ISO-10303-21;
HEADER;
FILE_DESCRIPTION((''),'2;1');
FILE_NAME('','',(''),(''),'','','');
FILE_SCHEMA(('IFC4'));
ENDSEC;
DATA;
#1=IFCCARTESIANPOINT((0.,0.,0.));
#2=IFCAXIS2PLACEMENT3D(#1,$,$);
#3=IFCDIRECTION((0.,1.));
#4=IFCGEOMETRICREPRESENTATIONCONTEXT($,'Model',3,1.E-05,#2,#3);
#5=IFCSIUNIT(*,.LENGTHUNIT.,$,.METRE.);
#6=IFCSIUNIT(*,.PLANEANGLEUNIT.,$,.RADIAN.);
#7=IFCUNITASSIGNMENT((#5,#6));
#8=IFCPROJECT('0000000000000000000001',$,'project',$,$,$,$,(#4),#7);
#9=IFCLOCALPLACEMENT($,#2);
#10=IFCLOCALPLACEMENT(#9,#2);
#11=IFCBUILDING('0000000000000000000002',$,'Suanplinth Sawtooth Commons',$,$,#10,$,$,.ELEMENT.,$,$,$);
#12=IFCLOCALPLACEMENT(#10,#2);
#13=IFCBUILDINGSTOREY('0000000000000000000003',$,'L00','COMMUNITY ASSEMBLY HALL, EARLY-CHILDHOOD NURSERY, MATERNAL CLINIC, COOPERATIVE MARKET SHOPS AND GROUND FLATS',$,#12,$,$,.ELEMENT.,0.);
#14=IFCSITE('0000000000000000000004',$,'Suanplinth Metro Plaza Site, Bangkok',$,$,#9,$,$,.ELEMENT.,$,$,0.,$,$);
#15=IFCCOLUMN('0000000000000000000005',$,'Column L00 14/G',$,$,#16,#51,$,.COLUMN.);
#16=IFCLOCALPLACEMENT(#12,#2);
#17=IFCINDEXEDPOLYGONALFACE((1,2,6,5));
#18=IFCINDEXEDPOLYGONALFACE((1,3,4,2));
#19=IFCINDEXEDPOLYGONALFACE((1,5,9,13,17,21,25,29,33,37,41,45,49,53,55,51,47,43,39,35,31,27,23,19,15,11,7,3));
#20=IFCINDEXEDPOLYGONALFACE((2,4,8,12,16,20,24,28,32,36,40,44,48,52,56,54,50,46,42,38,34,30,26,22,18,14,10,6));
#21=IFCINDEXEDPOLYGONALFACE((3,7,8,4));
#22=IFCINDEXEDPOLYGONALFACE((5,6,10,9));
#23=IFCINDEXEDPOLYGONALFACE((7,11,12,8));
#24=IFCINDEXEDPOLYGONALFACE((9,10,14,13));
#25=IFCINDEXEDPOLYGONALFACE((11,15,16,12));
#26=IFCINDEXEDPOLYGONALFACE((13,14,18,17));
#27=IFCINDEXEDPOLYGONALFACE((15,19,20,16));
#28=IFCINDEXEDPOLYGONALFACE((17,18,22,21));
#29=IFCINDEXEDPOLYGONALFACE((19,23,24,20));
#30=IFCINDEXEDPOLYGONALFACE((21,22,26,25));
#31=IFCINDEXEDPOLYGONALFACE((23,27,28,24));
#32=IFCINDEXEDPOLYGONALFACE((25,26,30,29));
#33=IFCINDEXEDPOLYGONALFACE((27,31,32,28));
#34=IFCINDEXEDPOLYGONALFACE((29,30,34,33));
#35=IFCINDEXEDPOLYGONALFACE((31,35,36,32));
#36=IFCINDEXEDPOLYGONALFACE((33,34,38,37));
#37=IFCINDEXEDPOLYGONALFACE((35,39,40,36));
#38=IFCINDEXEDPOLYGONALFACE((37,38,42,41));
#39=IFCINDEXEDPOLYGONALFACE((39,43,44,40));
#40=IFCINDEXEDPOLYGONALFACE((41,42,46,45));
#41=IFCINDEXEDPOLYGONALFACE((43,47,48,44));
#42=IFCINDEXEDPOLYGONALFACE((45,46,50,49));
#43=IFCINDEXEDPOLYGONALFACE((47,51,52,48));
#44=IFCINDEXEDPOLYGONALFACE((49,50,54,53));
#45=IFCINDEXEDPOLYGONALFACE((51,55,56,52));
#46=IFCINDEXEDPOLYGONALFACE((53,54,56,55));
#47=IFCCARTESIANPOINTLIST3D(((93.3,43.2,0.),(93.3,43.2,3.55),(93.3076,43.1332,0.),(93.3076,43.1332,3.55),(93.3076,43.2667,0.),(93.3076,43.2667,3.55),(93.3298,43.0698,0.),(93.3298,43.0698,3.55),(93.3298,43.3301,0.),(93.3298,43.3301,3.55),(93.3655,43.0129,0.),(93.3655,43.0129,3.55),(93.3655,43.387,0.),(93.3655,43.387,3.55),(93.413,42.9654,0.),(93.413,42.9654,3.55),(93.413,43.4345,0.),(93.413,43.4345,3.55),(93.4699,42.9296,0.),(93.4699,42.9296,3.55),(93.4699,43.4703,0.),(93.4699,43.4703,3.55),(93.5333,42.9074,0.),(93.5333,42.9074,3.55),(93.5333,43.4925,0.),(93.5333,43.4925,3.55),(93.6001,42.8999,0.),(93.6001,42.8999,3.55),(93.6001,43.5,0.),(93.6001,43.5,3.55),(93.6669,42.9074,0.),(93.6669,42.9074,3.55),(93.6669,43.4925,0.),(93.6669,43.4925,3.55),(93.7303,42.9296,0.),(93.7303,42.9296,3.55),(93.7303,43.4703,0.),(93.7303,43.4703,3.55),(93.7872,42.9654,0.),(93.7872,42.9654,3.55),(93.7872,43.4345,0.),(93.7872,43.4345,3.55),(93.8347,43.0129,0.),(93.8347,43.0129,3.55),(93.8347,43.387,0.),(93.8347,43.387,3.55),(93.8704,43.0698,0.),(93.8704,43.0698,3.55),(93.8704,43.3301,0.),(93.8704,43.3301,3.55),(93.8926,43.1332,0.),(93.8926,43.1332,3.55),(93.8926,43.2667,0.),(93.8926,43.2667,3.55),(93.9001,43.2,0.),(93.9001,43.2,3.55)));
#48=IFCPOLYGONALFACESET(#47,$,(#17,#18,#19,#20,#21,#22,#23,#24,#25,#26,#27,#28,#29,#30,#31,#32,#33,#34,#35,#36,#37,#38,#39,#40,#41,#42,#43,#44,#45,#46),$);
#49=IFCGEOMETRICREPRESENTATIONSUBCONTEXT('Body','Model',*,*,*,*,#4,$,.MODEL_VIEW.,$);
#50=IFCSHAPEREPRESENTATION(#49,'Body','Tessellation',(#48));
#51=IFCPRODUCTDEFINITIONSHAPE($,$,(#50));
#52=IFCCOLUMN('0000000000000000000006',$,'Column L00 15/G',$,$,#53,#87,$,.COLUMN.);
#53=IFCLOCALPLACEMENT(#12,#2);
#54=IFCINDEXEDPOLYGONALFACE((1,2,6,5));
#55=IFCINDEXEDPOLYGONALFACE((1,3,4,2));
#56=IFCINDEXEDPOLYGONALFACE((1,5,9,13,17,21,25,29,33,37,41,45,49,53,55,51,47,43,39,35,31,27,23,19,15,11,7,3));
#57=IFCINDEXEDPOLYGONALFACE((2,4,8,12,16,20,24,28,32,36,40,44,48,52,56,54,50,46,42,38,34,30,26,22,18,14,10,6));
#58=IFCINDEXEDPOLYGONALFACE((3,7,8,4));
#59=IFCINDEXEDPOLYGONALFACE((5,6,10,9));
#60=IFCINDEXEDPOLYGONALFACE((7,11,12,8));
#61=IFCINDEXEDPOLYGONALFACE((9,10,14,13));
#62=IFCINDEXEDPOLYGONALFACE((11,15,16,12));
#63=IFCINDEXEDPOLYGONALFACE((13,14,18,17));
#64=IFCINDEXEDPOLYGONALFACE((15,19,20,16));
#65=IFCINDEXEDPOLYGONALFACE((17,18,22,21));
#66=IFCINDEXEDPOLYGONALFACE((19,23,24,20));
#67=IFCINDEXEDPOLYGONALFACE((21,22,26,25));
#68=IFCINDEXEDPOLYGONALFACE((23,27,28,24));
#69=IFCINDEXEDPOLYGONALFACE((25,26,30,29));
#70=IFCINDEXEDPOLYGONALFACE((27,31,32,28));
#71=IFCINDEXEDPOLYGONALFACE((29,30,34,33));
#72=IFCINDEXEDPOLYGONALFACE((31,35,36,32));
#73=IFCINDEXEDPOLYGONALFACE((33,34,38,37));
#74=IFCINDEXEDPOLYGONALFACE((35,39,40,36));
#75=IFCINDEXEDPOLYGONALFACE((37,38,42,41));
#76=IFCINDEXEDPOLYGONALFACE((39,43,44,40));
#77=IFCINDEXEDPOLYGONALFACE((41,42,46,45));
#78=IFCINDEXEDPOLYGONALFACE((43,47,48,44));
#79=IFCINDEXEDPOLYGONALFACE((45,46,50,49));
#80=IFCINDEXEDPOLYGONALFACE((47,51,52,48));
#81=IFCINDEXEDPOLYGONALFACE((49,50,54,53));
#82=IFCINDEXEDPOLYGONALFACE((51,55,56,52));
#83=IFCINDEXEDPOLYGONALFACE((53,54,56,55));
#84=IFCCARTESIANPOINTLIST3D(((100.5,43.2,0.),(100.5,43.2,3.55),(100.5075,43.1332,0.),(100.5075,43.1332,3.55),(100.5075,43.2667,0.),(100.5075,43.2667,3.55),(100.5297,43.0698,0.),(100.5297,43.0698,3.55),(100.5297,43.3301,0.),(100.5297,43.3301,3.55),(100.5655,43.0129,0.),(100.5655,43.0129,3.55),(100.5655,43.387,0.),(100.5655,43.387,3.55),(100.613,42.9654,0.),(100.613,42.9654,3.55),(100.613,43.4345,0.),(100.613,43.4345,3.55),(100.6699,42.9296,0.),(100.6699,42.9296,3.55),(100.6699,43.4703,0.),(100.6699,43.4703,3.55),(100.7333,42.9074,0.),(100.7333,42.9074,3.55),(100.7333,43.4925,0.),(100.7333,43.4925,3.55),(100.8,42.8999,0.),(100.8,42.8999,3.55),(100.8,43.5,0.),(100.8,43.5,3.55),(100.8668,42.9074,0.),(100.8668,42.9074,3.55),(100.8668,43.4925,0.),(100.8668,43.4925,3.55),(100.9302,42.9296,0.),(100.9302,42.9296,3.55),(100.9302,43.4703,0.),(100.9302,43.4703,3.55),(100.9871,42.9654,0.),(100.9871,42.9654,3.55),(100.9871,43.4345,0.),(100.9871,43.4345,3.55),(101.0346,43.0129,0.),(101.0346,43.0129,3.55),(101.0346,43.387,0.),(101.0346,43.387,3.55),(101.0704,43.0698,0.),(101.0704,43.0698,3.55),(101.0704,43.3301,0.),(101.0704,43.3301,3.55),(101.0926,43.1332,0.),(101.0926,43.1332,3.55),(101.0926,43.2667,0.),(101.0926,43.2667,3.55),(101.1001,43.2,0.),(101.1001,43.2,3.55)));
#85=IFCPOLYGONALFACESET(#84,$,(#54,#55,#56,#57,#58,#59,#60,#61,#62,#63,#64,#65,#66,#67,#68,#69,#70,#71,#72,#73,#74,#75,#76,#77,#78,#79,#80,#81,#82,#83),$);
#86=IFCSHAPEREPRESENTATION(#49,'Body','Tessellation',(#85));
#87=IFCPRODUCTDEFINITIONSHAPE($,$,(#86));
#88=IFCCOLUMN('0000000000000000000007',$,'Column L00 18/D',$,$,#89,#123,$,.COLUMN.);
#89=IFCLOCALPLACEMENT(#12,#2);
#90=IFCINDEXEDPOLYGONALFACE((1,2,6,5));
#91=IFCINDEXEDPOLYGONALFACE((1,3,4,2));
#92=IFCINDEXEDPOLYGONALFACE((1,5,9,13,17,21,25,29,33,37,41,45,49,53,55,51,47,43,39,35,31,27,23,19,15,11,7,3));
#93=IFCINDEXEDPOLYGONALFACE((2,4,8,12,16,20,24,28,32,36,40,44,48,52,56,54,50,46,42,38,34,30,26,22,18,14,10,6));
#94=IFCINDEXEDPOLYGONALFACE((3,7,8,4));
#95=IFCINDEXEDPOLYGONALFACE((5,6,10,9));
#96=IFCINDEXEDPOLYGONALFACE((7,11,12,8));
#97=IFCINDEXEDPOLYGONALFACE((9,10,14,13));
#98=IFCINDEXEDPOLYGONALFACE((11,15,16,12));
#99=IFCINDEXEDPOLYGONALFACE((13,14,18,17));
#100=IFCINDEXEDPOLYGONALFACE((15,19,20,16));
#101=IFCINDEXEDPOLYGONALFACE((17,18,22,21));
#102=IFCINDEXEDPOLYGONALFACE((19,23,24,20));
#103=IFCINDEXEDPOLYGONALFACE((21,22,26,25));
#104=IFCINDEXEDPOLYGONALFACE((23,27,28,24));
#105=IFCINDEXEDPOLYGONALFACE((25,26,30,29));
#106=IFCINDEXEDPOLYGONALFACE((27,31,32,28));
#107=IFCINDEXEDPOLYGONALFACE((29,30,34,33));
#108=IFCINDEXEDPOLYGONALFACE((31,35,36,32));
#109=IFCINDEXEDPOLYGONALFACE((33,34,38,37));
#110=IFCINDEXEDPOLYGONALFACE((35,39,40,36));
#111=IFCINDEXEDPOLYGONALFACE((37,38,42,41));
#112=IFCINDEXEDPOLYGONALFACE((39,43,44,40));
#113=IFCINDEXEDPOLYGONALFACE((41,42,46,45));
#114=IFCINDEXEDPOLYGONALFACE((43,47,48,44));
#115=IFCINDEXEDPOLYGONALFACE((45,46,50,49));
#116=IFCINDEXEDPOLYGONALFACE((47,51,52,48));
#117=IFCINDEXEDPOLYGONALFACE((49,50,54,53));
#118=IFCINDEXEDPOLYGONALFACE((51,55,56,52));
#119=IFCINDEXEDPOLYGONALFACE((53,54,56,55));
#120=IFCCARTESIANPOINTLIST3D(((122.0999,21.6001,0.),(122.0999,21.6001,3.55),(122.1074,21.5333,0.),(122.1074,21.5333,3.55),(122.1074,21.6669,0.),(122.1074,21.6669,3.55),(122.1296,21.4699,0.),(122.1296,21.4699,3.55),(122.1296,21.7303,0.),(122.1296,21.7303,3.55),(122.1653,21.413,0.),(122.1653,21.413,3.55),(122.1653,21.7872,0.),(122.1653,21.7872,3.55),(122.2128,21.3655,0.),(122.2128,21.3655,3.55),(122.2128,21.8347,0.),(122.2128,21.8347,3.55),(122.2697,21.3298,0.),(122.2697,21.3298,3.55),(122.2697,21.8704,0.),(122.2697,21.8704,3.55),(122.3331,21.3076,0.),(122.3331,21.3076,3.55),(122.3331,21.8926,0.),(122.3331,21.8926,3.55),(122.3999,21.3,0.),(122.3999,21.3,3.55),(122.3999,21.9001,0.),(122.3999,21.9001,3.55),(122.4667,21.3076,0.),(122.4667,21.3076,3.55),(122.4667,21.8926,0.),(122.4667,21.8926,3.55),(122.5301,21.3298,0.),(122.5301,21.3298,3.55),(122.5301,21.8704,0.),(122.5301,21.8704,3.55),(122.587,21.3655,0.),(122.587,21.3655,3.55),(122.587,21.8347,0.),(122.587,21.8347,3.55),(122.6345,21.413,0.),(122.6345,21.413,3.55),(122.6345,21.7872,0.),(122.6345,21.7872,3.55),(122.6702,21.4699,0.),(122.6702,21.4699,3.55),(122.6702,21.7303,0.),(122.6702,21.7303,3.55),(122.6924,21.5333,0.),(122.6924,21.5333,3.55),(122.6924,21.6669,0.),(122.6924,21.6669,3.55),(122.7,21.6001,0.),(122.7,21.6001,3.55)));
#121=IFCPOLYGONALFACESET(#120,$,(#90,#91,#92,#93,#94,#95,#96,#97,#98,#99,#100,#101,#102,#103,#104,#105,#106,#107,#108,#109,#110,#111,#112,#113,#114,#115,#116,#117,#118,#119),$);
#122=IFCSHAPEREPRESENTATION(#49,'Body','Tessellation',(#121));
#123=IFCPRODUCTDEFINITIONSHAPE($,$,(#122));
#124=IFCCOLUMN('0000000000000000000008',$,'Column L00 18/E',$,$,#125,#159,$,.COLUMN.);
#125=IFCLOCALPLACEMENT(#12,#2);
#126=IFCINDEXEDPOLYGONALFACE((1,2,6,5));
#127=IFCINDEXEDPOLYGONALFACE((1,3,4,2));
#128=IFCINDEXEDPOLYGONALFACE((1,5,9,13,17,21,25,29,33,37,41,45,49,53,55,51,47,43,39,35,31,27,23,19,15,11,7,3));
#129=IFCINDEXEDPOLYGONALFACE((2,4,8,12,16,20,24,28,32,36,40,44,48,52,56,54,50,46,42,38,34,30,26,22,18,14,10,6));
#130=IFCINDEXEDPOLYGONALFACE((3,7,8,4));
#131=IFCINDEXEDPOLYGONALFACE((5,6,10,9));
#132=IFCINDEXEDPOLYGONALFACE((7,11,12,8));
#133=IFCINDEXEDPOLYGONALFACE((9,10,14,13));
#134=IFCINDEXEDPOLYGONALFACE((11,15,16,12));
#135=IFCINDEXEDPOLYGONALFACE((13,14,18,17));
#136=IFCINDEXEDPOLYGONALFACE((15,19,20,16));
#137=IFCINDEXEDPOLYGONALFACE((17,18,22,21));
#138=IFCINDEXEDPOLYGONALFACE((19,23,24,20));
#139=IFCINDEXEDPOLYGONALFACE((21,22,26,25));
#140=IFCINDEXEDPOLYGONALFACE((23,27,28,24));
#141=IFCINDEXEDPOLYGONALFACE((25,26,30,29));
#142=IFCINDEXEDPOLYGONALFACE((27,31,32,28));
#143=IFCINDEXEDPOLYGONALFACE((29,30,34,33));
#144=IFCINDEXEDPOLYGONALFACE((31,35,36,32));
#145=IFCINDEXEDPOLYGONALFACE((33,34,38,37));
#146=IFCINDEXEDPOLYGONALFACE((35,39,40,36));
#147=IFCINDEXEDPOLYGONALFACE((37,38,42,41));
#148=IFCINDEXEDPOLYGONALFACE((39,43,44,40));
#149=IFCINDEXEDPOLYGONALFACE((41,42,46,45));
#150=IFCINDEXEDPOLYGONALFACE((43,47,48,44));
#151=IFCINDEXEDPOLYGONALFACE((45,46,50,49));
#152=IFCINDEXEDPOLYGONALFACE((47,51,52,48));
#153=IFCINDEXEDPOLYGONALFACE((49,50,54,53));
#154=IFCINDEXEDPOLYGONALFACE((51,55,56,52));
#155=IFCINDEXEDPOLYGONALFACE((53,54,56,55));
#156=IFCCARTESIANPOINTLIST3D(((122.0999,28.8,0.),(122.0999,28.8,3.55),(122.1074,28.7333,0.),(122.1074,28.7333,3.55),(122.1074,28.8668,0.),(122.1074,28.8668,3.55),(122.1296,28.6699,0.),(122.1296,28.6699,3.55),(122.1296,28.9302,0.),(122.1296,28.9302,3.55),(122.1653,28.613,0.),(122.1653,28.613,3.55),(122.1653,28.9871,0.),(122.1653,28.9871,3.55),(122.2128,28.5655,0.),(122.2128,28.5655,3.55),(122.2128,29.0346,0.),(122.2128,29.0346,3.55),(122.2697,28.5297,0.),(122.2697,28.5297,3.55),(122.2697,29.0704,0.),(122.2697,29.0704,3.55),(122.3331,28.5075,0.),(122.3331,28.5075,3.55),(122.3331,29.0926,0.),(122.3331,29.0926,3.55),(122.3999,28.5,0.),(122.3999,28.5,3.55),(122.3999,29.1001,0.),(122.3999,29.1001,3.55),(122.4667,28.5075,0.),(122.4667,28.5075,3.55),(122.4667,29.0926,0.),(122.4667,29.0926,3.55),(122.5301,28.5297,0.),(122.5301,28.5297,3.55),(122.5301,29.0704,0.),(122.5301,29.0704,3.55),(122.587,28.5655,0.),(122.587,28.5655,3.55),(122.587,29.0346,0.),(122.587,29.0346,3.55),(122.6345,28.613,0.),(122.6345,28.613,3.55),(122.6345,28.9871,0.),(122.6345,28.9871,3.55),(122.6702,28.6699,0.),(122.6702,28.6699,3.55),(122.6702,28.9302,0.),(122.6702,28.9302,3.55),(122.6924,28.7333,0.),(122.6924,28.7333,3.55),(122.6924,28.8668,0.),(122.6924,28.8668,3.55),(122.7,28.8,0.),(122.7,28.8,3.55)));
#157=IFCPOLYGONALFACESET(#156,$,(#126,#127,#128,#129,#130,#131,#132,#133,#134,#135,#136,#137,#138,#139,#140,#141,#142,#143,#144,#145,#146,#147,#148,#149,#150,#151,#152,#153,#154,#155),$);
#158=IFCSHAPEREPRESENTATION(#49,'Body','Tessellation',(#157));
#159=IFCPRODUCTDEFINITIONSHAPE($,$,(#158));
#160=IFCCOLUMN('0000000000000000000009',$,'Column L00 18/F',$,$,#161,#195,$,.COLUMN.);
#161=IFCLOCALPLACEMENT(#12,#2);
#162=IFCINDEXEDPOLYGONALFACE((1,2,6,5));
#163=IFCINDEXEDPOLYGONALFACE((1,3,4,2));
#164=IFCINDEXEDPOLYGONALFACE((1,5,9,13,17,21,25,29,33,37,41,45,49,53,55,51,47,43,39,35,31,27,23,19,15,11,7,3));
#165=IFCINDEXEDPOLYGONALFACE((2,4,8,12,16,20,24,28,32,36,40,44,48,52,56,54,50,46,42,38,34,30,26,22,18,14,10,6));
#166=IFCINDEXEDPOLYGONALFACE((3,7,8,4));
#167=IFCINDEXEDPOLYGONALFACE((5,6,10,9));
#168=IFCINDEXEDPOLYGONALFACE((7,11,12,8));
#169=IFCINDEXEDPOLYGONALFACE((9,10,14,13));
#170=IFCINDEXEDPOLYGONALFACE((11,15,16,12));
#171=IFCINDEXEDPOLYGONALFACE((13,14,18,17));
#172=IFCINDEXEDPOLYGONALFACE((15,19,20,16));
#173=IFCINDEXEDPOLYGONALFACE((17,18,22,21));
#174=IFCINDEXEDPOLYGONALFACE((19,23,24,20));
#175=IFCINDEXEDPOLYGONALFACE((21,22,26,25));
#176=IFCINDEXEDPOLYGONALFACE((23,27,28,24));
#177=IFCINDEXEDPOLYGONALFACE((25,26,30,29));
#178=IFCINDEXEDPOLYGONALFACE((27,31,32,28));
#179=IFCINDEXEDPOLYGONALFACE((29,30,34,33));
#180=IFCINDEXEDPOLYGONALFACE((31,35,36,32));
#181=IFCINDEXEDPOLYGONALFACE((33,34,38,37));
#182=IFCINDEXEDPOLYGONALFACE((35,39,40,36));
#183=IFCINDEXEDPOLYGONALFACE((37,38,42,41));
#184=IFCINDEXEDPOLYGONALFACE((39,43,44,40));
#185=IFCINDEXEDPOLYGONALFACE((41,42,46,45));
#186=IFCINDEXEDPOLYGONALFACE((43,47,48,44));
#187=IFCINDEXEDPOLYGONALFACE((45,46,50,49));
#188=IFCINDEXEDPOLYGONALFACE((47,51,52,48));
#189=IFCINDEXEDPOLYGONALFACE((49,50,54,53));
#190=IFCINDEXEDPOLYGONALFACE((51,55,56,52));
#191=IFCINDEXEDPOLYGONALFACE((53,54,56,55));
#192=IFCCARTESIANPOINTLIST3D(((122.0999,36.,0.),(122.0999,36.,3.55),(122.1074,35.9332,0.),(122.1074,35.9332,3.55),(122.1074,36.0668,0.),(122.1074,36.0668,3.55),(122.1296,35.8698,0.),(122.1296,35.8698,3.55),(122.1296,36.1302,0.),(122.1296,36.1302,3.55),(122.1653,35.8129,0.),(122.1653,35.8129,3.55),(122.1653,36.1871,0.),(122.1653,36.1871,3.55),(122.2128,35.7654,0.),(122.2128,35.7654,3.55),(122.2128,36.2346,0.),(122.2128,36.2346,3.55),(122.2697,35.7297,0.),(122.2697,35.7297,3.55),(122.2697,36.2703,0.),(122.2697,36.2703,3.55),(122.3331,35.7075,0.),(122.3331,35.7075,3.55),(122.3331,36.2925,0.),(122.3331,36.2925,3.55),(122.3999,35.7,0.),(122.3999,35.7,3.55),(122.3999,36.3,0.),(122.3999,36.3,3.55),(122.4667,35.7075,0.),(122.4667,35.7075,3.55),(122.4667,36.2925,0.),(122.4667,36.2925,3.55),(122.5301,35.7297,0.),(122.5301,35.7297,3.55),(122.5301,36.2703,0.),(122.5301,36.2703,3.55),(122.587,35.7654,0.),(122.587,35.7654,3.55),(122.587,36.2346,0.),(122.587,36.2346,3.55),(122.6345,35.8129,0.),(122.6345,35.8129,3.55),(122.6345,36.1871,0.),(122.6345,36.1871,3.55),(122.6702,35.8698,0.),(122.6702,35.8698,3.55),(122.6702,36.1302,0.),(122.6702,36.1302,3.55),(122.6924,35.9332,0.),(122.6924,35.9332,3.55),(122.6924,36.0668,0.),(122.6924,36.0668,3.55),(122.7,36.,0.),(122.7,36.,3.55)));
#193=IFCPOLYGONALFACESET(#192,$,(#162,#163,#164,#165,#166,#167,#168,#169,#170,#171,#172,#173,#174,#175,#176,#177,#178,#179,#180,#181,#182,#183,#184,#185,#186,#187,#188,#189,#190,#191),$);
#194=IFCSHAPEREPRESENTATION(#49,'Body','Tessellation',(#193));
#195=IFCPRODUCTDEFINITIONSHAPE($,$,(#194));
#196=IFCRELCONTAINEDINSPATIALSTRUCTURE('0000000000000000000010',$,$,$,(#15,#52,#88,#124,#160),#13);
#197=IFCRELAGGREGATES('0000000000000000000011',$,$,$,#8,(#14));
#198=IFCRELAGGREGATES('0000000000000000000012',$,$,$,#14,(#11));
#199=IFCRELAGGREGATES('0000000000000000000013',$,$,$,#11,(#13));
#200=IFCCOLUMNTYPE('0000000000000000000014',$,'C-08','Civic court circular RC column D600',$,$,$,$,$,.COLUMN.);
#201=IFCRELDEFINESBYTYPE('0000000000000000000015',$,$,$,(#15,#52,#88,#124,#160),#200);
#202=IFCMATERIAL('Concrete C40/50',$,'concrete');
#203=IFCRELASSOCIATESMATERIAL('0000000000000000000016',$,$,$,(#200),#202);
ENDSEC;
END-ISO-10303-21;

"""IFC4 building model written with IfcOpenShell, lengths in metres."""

from ifc_helpers import new_model, si_unit, direction, frame, origin, origin_2d, place, context, subcontext, project, spatial, circle, extrude, material, material_profile, profile_set, type_object, element, save


model = new_model("IFC4")

# Units and contexts
model_context = context("Model", 3, precision=1e-05, world=origin(), true_north=direction((0.0, 1.0)))
body_context = subcontext(model_context, "Body", "Model", "MODEL_VIEW")
ifc_project = project(units=[si_unit("LENGTHUNIT", "METRE"), si_unit("PLANEANGLEUNIT", "RADIAN")], contexts=[model_context])

# Site, building, storey
site_placement = place(None, origin())
site = spatial("IfcSite", under=ifc_project, at=site_placement, Name="Suanplinth Metro Plaza Site, Bangkok", CompositionType="ELEMENT", RefElevation=0.0)
building_placement = place(site_placement, origin())
building = spatial("IfcBuilding", under=site, at=building_placement, Name="Suanplinth Sawtooth Commons", CompositionType="ELEMENT")
storey_placement = place(building_placement, origin())
storey = spatial("IfcBuildingStorey", under=building, at=storey_placement, Name="L00", Description="COMMUNITY ASSEMBLY HALL, EARLY-CHILDHOOD NURSERY, MATERNAL CLINIC, COOPERATIVE MARKET SHOPS AND GROUND FLATS", CompositionType="ELEMENT", Elevation=0.0)

# Columns
ifc_material_1 = material(Name="Concrete C40/50", Category="concrete")
ifc_material_profile_1 = material_profile(ifc_material_1, circle(Radius=0.3, at=origin_2d()), Name="RC-CIRC D600")
ifc_profile_set_1 = profile_set([ifc_material_profile_1], Name="Concrete C40/50")
column_type_1 = type_object("IfcColumnType", Name="C-08", Description="Civic court circular RC column D600", PredefinedType="COLUMN", material=ifc_profile_set_1)
for number, where, z_axis, x_axis, name in (
    (1, (93.6001, 43.2, 0.0), (0.0, 0.0, 1.0), (1.0, 0.0, 0.0), "Column L00 14/G"),
    (2, (100.8, 43.2, 0.0), (0.0, 0.0, 1.0), (1.0, 0.0, 0.0), "Column L00 15/G"),
    (3, (122.3999, 21.6001, 0.0), (0.0, 0.0, 1.0), (1.0, 0.0, 0.0), "Column L00 18/D"),
    (4, (122.3999, 28.8, 0.0), (0.0, 0.0, 1.0), (1.0, 0.0, 0.0), "Column L00 18/E"),
    (5, (122.3999, 36.0, 0.0), (0.0, 0.0, 1.0), (1.0, 0.0, 0.0), "Column L00 18/F"),
):
    element("IfcColumn", number, at=place(storey_placement, frame(where, z_axis=z_axis, x_axis=x_axis)), inside=storey, type_object=column_type_1, Name=name, PredefinedType="COLUMN", context=body_context, shape_type="SweptSolid", body=[
        extrude(circle(Radius=0.3, at=origin_2d()), origin(), (0.0, 0.0, 1.0), 3.55),
    ])

save(model, "model.ifc")
